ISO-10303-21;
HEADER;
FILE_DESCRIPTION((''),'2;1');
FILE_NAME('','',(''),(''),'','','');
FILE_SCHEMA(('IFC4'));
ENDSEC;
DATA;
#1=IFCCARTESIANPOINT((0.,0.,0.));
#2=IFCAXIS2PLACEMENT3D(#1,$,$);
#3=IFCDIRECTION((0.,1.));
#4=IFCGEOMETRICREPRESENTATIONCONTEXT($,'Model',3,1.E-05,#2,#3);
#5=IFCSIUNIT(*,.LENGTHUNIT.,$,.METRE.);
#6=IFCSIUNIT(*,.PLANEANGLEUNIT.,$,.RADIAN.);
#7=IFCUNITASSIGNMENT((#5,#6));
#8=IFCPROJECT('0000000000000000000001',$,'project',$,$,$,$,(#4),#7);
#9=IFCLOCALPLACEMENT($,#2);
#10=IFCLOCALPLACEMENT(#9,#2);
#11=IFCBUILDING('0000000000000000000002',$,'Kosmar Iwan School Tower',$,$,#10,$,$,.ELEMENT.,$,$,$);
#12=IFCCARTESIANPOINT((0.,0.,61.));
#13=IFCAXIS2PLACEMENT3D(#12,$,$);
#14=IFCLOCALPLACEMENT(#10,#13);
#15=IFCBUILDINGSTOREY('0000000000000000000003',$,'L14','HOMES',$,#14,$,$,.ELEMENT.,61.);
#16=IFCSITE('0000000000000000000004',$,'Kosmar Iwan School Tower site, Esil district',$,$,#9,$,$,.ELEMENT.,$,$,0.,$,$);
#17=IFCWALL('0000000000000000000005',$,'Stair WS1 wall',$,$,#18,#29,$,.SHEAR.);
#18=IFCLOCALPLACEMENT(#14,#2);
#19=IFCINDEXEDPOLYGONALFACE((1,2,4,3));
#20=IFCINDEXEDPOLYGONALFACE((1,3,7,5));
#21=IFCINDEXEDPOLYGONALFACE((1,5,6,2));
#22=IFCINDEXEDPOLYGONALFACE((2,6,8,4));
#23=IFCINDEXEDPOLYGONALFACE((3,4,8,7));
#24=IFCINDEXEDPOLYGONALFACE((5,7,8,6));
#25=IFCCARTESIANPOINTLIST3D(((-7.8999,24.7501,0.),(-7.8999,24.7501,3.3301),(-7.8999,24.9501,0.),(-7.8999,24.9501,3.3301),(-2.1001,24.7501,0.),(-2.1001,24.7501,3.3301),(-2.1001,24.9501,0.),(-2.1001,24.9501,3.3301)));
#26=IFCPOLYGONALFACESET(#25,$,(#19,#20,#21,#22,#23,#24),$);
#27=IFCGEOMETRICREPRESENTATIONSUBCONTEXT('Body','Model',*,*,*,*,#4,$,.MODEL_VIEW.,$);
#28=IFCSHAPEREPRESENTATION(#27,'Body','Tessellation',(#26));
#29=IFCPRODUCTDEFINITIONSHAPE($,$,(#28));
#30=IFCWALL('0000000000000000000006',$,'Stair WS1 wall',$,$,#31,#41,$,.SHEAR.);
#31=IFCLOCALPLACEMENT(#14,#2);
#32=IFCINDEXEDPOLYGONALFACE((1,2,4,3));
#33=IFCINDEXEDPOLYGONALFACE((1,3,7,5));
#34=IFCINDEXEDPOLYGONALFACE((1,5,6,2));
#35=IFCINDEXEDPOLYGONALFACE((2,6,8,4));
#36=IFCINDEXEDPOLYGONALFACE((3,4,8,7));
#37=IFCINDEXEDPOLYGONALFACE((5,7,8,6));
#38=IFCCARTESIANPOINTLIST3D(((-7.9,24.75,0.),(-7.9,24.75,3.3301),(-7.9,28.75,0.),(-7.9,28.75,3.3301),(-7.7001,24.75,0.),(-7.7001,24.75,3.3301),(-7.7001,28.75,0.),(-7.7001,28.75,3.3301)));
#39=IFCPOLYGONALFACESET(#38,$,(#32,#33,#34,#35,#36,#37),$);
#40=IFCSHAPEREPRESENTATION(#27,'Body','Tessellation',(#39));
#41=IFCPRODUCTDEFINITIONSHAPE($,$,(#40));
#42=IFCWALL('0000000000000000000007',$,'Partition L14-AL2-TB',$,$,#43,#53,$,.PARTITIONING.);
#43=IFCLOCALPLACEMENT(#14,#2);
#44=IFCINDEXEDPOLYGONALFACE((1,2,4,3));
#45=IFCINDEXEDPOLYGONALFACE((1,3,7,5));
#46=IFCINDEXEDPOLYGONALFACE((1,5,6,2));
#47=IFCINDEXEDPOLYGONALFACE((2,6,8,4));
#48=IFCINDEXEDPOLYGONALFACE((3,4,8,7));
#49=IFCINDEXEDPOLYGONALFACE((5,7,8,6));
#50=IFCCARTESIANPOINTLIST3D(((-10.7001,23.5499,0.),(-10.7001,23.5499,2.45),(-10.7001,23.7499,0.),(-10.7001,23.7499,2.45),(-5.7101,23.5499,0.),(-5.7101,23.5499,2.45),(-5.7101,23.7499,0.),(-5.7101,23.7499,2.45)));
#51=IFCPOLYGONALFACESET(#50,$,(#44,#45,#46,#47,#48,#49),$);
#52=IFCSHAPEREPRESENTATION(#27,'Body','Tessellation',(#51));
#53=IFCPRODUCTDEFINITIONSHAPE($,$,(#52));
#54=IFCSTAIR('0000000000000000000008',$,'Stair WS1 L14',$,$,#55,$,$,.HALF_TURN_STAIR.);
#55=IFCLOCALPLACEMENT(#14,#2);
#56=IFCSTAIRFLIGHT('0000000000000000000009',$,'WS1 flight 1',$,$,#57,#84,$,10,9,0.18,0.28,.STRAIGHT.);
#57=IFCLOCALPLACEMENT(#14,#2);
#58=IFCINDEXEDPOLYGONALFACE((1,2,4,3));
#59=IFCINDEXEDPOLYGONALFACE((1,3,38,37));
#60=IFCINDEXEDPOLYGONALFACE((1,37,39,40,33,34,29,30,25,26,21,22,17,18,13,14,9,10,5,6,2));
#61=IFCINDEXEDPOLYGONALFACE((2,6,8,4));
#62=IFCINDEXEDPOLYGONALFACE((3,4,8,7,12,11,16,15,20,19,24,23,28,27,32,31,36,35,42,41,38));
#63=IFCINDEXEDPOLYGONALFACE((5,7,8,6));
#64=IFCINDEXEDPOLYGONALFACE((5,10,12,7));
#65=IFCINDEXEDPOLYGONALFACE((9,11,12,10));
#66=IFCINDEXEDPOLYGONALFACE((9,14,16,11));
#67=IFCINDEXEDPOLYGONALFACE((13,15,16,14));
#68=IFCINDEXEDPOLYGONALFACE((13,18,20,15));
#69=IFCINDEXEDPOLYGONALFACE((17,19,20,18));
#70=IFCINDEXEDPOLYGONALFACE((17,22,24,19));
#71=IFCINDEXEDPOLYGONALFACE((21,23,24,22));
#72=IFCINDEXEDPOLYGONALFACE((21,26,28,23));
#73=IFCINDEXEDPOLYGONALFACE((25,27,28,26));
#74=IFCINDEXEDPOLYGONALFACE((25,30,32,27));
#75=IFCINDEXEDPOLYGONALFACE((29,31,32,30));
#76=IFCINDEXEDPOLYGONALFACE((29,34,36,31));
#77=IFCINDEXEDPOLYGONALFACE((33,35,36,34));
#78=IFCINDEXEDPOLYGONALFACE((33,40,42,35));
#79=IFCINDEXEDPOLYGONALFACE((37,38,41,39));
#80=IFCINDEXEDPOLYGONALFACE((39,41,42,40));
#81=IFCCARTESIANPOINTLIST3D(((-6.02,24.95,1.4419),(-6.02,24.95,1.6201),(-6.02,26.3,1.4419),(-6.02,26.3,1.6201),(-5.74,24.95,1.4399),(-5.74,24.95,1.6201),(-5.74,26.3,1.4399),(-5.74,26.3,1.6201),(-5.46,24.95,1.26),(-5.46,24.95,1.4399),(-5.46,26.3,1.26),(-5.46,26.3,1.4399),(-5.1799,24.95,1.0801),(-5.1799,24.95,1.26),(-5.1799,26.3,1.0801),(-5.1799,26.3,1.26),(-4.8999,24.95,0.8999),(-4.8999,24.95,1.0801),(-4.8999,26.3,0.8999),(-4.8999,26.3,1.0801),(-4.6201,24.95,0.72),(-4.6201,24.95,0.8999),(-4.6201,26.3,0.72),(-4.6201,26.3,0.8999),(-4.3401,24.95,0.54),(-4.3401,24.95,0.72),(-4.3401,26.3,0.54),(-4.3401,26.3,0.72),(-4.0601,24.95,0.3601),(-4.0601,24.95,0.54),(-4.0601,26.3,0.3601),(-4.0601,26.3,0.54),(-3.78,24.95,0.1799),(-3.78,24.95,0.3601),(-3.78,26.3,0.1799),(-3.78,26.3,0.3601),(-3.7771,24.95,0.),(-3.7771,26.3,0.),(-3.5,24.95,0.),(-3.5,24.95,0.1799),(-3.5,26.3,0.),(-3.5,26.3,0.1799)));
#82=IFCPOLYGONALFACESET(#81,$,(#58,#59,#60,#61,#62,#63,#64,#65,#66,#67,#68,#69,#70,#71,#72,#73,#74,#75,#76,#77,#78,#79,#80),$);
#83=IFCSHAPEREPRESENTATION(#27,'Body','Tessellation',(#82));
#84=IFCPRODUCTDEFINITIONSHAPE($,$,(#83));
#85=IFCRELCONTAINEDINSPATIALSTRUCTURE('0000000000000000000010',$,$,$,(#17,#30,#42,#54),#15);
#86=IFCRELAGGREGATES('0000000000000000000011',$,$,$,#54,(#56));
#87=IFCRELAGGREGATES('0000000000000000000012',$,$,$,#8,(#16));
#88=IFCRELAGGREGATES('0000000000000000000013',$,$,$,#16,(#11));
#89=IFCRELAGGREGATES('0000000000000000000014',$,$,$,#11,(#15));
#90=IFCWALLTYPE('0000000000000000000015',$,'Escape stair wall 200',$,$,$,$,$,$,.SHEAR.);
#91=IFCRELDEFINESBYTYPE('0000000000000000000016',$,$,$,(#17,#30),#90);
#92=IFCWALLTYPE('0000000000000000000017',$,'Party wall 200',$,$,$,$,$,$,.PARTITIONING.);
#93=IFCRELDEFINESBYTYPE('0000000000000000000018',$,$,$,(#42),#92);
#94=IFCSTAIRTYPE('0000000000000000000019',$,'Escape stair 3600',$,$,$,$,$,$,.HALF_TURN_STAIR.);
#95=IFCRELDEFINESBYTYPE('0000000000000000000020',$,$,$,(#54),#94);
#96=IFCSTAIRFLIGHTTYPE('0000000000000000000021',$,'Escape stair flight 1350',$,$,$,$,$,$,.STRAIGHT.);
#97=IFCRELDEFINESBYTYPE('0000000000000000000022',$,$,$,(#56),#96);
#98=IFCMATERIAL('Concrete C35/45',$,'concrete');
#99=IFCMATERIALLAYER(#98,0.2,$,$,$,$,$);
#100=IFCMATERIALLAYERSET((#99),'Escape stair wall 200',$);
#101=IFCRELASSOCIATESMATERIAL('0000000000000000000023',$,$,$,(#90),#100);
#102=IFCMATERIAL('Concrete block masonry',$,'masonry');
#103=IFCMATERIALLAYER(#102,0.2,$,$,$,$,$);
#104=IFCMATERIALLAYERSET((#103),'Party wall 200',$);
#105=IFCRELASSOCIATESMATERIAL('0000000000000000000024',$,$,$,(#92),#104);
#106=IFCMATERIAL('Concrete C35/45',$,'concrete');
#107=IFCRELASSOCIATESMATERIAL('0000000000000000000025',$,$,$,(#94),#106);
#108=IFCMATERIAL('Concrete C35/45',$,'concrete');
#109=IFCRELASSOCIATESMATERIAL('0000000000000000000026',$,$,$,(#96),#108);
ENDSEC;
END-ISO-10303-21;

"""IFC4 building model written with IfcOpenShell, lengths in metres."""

from ifc_helpers import new_model, si_unit, direction, frame, frame_2d, origin, place, context, subcontext, project, spatial, polyline, rectangle, outline, extrude, material, layer, layer_set, type_object, element, aggregate, save


model = new_model("IFC4")

# Units and contexts
model_context = context("Model", 3, precision=1e-05, world=origin(), true_north=direction((0.0, 1.0)))
body_context = subcontext(model_context, "Body", "Model", "MODEL_VIEW")
ifc_project = project(units=[si_unit("LENGTHUNIT", "METRE"), si_unit("PLANEANGLEUNIT", "RADIAN")], contexts=[model_context])

# Site, building, storey
site_placement = place(None, origin())
site = spatial("IfcSite", under=ifc_project, at=site_placement, Name="Kosmar Iwan School Tower site, Esil district", CompositionType="ELEMENT", RefElevation=0.0)
building_placement = place(site_placement, origin())
building = spatial("IfcBuilding", under=site, at=building_placement, Name="Kosmar Iwan School Tower", CompositionType="ELEMENT")
storey_placement = place(building_placement, frame((0.0, 0.0, 61.0)))
storey = spatial("IfcBuildingStorey", under=building, at=storey_placement, Name="L14", Description="HOMES", CompositionType="ELEMENT", Elevation=61.0)

# Walls
ifc_material_1 = material(Name="Concrete C35/45", Category="concrete")
ifc_layer_1 = layer(ifc_material_1, 0.2)
ifc_layer_set_1 = layer_set([ifc_layer_1], Name="Escape stair wall 200")
wall_type_1 = type_object("IfcWallType", Name="Escape stair wall 200", PredefinedType="SHEAR", material=ifc_layer_set_1)
wall_1_placement = place(storey_placement, frame((-2.1001, 24.8501, 0.0), z_axis=(0.0, 0.0, 1.0), x_axis=(-1.0, 0.0, 0.0)))
element("IfcWall", 1, at=wall_1_placement, inside=storey, type_object=wall_type_1, Name="Stair WS1 wall", PredefinedType="SHEAR", context=body_context, shape_type="SweptSolid", body=[
    extrude(rectangle(XDim=5.7998, YDim=0.2, at=frame_2d((2.8999, 0.0))), origin(), (0.0, 0.0, 1.0), 3.3301),
])
wall_2_placement = place(storey_placement, frame((-7.8, 24.75, 0.0), z_axis=(0.0, 0.0, 1.0), x_axis=(0.0, 1.0, 0.0)))
element("IfcWall", 2, at=wall_2_placement, inside=storey, type_object=wall_type_1, Name="Stair WS1 wall", PredefinedType="SHEAR", context=body_context, shape_type="SweptSolid", body=[
    extrude(rectangle(XDim=4.0, YDim=0.2, at=frame_2d((2.0, 0.0))), origin(), (0.0, 0.0, 1.0), 3.3301),
])
ifc_material_2 = material(Name="Concrete block masonry", Category="masonry")
ifc_layer_2 = layer(ifc_material_2, 0.2)
ifc_layer_set_2 = layer_set([ifc_layer_2], Name="Party wall 200")
wall_type_2 = type_object("IfcWallType", Name="Party wall 200", PredefinedType="PARTITIONING", material=ifc_layer_set_2)
wall_3_placement = place(storey_placement, frame((-5.71, 23.6499, 0.0), z_axis=(0.0, 0.0, 1.0), x_axis=(-1.0, 0.0, 0.0)))
element("IfcWall", 3, at=wall_3_placement, inside=storey, type_object=wall_type_2, Name="Partition L14-AL2-TB", PredefinedType="PARTITIONING", context=body_context, shape_type="SweptSolid", body=[
    extrude(rectangle(XDim=4.99, YDim=0.2, at=frame_2d((2.4951, 0.0))), origin(), (0.0, 0.0, 1.0), 2.45),
])

# Stair, stair flight
ifc_material_3 = material(Name="Concrete C35/45", Category="concrete")
stair_type = type_object("IfcStairType", Name="Escape stair 3600", PredefinedType="HALF_TURN_STAIR", material=ifc_material_3)
stair_placement = place(storey_placement, origin())
stair = element("IfcStair", 4, at=stair_placement, inside=storey, type_object=stair_type, Name="Stair WS1 L14", PredefinedType="HALF_TURN_STAIR")
ifc_material_4 = material(Name="Concrete C35/45", Category="concrete")
stair_flight_type = type_object("IfcStairFlightType", Name="Escape stair flight 1350", PredefinedType="STRAIGHT", material=ifc_material_4)
stair_flight_placement = place(storey_placement, frame((-3.5, 25.625, 0.0), z_axis=(0.0, 0.0, 1.0), x_axis=(-1.0, 0.0, 0.0)))
stair_flight = element("IfcStairFlight", 5, at=stair_flight_placement, type_object=stair_flight_type, Name="WS1 flight 1", NumberOfRisers=10, NumberOfTreads=9, PredefinedType="STRAIGHT", RiserHeight=0.18, TreadLength=0.28, context=body_context, shape_type="SweptSolid", body=[
    extrude(outline(polyline([(0.0, 0.0), (0.0, 0.1799), (0.28, 0.1799), (0.28, 0.3601), (0.5601, 0.3601), (0.5601, 0.54), (0.8401, 0.54), (0.8401, 0.72), (1.1201, 0.72), (1.1201, 0.8999), (1.3999, 0.8999), (1.3999, 1.0801), (1.6799, 1.0801), (1.6799, 1.26), (1.96, 1.26), (1.96, 1.4399), (2.24, 1.4399), (2.24, 1.6201), (2.52, 1.6201), (2.52, 1.8), (2.52, 1.4419), (0.2771, 0.0), (0.0, 0.0)])), frame((0.0, 0.675, 0.0), z_axis=(0.0, -1.0, 0.0), x_axis=(1.0, 0.0, 0.0)), (0.0, 0.0, 1.0), 1.3501),
])
aggregate(stair, [stair_flight])

save(model, "model.ifc")
